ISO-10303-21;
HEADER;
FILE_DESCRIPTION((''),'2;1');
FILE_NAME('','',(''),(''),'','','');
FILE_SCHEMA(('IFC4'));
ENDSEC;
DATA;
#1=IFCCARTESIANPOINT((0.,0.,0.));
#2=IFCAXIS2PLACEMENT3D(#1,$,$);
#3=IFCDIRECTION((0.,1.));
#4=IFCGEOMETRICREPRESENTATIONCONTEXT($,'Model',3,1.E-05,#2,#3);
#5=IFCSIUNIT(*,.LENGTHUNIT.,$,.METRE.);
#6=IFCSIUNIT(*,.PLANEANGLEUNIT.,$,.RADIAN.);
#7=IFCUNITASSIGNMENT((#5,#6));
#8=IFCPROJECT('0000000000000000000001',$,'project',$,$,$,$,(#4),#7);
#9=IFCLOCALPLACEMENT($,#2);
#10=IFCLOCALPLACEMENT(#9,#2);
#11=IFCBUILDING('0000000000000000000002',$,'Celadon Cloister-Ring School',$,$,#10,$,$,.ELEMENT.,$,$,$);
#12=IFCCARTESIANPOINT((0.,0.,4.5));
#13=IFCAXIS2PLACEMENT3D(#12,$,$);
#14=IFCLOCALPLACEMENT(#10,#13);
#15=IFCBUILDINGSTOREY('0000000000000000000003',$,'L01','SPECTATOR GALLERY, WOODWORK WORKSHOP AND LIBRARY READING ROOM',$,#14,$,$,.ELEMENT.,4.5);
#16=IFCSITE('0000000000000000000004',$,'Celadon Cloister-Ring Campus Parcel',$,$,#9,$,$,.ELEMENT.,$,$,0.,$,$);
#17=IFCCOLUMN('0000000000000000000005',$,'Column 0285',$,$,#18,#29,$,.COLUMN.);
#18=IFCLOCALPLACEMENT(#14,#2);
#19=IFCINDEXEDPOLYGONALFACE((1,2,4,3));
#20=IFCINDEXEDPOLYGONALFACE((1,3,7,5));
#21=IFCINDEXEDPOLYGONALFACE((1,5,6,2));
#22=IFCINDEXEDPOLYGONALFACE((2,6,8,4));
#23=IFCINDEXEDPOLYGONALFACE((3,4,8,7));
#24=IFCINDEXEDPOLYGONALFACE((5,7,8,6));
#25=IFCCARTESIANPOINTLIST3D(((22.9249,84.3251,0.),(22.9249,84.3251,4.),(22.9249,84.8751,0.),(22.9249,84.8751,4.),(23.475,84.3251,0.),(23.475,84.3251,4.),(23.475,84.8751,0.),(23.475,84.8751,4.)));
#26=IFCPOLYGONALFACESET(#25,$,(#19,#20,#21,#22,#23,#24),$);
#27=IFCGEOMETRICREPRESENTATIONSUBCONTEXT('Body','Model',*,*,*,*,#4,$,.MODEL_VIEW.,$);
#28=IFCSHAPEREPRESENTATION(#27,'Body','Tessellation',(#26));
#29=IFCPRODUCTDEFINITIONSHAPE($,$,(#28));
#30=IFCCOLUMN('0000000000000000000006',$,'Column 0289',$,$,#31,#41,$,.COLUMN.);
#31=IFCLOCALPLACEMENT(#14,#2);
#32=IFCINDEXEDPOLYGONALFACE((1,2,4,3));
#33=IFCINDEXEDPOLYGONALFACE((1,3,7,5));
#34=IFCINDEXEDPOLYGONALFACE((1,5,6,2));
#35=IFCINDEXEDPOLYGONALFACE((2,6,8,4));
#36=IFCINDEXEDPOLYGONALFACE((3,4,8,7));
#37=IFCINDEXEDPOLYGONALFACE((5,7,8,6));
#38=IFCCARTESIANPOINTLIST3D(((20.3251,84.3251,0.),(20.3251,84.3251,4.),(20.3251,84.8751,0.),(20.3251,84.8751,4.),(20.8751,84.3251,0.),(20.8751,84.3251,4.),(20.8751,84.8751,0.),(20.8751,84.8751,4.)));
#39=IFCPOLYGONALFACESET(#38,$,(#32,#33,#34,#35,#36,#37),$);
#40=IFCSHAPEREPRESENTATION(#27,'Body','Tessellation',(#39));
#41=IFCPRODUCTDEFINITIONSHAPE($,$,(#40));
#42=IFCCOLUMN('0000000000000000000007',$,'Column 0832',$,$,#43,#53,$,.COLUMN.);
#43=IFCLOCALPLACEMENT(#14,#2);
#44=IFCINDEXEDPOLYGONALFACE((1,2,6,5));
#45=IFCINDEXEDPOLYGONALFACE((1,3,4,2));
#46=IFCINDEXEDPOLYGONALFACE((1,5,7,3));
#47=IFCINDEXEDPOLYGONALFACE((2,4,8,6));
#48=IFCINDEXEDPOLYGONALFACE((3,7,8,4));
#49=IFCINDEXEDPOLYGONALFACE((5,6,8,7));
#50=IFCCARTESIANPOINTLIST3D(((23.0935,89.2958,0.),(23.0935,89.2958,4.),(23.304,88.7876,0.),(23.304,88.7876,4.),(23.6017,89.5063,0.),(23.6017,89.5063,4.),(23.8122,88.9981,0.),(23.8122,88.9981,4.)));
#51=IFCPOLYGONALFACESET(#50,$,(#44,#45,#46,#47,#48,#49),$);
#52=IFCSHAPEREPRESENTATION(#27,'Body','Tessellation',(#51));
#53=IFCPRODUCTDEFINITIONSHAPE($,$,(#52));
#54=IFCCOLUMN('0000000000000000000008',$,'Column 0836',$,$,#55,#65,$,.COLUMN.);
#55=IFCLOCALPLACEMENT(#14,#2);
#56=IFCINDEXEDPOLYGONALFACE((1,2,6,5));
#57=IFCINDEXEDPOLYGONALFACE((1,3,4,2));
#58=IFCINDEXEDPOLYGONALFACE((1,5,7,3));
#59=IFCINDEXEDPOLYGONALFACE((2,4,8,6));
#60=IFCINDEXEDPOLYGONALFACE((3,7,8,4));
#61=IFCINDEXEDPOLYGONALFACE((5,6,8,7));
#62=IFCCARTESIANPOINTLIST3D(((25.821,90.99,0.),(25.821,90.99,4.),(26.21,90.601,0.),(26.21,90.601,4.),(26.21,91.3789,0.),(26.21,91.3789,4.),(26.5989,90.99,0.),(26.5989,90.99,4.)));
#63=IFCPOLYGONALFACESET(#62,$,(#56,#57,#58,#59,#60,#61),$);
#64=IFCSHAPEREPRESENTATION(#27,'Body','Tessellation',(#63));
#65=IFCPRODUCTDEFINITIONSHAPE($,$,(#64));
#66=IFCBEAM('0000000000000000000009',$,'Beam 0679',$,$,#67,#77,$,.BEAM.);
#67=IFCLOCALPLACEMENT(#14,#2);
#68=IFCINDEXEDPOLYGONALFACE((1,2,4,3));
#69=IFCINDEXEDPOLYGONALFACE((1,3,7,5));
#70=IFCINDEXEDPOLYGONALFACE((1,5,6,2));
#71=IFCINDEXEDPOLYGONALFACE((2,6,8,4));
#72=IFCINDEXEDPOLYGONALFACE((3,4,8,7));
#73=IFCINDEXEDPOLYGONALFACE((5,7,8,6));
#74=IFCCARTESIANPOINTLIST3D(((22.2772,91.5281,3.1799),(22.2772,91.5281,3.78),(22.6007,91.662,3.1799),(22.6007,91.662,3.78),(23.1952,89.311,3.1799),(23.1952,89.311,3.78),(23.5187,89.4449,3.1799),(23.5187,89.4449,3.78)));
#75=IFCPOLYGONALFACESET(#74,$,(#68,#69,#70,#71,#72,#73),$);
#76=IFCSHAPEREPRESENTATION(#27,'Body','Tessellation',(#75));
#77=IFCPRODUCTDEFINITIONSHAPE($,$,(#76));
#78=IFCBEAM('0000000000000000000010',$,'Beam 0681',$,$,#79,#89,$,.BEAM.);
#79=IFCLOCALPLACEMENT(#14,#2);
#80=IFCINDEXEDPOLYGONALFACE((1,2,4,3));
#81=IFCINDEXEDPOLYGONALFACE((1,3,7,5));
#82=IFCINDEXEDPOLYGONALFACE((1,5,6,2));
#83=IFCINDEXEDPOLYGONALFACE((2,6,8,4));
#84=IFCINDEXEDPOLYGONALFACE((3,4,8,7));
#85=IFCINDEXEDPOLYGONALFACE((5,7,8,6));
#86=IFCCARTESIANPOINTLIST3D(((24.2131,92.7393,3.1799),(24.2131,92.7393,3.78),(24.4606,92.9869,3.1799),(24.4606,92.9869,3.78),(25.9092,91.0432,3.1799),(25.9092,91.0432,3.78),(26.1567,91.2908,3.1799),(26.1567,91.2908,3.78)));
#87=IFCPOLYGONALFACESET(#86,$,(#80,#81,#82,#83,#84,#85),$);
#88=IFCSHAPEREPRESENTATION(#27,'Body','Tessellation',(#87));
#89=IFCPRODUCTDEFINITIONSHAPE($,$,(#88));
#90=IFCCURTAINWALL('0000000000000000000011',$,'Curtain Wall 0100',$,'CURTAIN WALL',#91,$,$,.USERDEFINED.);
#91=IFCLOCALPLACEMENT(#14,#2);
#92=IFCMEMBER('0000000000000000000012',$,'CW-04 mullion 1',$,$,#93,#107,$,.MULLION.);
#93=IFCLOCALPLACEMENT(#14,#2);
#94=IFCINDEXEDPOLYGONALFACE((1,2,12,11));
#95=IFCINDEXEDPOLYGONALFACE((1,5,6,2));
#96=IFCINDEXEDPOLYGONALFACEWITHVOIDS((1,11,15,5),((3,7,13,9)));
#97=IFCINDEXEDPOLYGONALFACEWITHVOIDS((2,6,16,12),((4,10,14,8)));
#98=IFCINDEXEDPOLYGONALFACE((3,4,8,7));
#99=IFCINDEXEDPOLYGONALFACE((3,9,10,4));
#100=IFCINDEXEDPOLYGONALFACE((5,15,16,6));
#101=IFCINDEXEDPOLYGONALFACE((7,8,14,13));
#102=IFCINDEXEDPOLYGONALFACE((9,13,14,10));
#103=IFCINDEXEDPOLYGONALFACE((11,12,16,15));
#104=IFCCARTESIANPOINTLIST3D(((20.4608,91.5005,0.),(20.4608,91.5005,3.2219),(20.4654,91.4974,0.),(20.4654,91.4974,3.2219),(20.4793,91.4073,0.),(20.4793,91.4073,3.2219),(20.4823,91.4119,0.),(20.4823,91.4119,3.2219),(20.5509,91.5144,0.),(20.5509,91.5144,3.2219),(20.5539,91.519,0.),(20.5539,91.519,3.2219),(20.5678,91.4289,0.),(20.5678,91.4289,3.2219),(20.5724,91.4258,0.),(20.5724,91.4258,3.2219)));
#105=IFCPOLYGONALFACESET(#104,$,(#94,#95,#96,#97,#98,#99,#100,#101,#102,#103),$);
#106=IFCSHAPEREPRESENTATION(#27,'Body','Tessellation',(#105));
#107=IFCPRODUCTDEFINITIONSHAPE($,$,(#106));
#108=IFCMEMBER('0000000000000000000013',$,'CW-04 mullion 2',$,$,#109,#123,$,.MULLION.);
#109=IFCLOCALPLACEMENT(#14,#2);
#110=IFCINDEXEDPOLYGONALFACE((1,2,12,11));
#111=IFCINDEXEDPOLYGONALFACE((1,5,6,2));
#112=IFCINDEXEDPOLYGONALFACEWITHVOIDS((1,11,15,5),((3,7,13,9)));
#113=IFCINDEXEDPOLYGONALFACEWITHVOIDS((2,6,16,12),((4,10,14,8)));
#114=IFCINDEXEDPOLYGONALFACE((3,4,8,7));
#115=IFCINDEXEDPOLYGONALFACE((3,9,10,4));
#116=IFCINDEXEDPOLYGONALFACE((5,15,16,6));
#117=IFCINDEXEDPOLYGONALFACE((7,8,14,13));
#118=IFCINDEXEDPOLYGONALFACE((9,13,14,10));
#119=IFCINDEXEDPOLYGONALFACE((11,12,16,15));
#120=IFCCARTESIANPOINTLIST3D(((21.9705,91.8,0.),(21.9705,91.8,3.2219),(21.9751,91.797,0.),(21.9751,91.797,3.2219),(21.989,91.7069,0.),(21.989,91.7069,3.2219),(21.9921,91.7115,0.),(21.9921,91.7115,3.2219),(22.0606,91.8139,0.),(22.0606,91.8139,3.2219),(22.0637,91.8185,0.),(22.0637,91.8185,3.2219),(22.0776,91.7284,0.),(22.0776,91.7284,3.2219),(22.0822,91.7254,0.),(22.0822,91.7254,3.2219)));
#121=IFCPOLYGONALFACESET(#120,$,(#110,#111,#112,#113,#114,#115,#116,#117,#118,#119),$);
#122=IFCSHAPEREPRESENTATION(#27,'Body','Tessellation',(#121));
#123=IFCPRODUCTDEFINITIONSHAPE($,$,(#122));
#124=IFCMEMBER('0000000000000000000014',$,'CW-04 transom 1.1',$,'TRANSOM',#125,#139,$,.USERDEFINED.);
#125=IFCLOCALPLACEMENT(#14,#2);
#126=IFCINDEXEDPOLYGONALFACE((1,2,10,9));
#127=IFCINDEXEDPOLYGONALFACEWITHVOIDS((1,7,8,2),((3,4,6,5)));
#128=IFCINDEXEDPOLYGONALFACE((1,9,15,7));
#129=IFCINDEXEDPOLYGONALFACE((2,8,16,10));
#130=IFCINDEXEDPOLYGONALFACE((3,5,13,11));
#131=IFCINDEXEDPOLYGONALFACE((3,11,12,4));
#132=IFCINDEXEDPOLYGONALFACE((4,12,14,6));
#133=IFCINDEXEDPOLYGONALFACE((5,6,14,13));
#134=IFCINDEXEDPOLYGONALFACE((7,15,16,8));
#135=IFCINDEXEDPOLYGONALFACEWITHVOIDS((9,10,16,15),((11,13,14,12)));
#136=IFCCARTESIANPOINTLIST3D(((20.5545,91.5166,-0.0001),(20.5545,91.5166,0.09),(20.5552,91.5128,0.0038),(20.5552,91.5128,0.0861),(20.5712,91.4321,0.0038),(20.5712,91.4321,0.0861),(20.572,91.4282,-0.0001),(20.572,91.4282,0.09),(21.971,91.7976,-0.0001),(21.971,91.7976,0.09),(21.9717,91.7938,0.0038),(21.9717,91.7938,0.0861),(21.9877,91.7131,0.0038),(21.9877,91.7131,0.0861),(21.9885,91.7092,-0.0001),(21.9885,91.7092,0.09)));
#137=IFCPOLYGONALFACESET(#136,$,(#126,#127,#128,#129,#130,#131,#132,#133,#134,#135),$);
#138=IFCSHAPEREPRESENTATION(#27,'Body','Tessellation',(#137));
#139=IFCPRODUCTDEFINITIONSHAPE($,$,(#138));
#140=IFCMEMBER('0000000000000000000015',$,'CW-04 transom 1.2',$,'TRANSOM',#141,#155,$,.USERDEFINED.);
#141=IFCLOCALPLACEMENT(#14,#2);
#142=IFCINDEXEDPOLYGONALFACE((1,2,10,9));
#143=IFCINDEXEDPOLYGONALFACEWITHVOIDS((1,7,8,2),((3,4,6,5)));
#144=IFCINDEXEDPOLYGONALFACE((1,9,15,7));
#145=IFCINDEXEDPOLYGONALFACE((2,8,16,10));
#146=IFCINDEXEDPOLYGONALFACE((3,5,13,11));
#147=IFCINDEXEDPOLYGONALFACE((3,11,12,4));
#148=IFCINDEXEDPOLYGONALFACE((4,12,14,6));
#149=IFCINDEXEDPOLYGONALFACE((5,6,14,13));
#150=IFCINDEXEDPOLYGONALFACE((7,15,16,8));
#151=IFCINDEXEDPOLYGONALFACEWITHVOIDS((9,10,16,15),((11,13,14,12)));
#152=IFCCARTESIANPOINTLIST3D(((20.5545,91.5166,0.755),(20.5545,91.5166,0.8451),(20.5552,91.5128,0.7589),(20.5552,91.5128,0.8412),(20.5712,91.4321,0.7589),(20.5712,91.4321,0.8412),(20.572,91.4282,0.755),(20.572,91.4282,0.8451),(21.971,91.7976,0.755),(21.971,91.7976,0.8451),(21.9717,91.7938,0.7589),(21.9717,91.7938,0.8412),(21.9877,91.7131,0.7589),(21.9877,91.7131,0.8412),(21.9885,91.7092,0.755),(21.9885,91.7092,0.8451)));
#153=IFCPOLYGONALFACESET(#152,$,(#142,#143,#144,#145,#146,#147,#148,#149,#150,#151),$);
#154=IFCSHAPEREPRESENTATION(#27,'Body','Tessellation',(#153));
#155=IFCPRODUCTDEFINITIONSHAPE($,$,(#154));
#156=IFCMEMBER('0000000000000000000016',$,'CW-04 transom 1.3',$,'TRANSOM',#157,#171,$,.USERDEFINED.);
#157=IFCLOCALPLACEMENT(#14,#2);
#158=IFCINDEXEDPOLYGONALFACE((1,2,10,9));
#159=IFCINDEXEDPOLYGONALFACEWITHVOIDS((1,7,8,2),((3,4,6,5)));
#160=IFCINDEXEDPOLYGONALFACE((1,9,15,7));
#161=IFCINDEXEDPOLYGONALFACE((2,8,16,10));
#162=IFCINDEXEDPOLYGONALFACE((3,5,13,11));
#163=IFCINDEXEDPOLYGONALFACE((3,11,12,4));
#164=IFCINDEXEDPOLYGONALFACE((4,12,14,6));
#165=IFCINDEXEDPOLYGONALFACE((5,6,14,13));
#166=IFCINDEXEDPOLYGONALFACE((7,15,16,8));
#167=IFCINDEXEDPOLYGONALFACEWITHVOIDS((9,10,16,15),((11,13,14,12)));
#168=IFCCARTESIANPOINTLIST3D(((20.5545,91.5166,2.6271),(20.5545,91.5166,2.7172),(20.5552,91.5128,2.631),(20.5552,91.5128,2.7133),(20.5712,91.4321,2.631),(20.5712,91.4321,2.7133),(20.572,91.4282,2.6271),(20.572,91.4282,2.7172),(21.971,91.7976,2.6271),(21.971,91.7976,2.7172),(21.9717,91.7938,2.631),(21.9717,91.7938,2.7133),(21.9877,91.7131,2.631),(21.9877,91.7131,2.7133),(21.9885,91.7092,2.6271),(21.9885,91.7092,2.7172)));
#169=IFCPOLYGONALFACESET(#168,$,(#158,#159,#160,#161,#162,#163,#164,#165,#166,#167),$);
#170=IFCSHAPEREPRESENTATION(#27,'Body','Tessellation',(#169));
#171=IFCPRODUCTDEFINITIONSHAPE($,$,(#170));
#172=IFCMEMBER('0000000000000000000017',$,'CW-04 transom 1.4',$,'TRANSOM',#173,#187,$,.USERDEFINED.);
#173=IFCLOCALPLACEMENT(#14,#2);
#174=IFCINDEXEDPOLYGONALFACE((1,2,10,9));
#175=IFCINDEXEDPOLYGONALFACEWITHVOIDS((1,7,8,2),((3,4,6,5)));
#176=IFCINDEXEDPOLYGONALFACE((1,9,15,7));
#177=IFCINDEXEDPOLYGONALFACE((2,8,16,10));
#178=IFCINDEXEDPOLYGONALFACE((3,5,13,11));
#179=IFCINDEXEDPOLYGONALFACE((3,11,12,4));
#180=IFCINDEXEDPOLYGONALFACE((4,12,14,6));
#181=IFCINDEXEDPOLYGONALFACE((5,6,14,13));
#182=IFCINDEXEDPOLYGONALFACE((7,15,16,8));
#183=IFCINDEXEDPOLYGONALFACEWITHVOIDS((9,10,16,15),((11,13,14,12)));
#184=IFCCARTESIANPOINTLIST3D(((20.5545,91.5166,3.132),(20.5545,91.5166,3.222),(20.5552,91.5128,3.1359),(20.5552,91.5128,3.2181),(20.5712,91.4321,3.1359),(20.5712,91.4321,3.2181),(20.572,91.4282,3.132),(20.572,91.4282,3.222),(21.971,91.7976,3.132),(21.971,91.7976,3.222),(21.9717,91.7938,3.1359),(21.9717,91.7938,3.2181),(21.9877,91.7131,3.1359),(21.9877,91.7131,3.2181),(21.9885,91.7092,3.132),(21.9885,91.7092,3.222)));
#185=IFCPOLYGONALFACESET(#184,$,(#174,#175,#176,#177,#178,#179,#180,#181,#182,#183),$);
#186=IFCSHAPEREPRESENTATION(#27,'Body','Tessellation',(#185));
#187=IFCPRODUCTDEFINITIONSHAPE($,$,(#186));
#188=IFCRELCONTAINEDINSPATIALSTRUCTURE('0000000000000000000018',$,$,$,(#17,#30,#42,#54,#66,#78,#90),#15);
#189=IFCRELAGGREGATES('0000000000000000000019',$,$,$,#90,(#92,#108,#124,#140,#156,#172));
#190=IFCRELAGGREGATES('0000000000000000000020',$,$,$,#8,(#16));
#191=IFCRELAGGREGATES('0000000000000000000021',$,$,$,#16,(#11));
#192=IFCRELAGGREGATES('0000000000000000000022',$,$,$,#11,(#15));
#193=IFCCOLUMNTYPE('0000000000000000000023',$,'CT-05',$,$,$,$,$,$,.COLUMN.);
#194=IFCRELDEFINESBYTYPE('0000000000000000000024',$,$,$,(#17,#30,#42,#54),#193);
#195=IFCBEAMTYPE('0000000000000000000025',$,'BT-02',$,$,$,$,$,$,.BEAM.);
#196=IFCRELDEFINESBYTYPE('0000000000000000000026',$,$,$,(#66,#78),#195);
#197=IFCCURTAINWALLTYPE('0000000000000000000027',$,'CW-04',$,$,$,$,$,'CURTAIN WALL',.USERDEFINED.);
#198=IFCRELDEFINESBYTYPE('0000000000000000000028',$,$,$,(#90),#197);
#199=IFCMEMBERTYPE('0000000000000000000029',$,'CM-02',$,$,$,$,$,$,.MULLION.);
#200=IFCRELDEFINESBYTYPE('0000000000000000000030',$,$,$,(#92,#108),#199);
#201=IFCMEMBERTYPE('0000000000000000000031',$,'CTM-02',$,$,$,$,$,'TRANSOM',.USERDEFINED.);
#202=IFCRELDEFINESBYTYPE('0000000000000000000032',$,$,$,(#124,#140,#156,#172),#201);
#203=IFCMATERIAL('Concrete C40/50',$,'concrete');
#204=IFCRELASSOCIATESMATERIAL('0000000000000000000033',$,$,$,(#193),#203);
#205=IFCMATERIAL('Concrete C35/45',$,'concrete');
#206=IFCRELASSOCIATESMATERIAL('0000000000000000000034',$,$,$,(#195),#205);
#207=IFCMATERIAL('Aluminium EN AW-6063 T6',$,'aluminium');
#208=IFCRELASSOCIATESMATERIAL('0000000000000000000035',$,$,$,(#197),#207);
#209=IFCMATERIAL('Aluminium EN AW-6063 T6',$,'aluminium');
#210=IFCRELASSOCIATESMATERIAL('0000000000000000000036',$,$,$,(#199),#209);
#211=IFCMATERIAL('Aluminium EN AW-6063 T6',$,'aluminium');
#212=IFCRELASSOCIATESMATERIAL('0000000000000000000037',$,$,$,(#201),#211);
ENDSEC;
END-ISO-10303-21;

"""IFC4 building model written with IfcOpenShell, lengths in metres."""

from ifc_helpers import new_model, si_unit, direction, frame, origin, origin_2d, place, context, subcontext, project, spatial, rectangle, hollow_rectangle, extrude, material, material_profile, profile_set, type_object, element, aggregate, save


model = new_model("IFC4")

# Units and contexts
model_context = context("Model", 3, precision=1e-05, world=origin(), true_north=direction((0.0, 1.0)))
body_context = subcontext(model_context, "Body", "Model", "MODEL_VIEW")
ifc_project = project(units=[si_unit("LENGTHUNIT", "METRE"), si_unit("PLANEANGLEUNIT", "RADIAN")], contexts=[model_context])

# Site, building, storey
site_placement = place(None, origin())
site = spatial("IfcSite", under=ifc_project, at=site_placement, Name="Celadon Cloister-Ring Campus Parcel", CompositionType="ELEMENT", RefElevation=0.0)
building_placement = place(site_placement, origin())
building = spatial("IfcBuilding", under=site, at=building_placement, Name="Celadon Cloister-Ring School", CompositionType="ELEMENT")
storey_placement = place(building_placement, frame((0.0, 0.0, 4.5)))
storey = spatial("IfcBuildingStorey", under=building, at=storey_placement, Name="L01", Description="SPECTATOR GALLERY, WOODWORK WORKSHOP AND LIBRARY READING ROOM", CompositionType="ELEMENT", Elevation=4.5)

# Columns
ifc_material_1 = material(Name="Concrete C40/50", Category="concrete")
ifc_material_profile_1 = material_profile(ifc_material_1, rectangle(XDim=0.55, YDim=0.55, at=origin_2d()), Name="RC550X550")
ifc_profile_set_1 = profile_set([ifc_material_profile_1], Name="Concrete C40/50")
column_type = type_object("IfcColumnType", Name="CT-05", PredefinedType="COLUMN", material=ifc_profile_set_1)
for number, where, z_axis, x_axis, name in (
    (1, (23.2, 84.6001, 0.0), (0.0, 0.0, 1.0), (1.0, 0.0, 0.0), "Column 0285"),
    (2, (20.6001, 84.6001, 0.0), (0.0, 0.0, 1.0), (1.0, 0.0, 0.0), "Column 0289"),
    (3, (23.4529, 89.147, 0.0), (0.0, 0.0, 1.0), (0.382683, -0.92388, 0.0), "Column 0832"),
    (4, (26.21, 90.99, 0.0), (0.0, 0.0, 1.0), (0.707107, -0.707107, 0.0), "Column 0836"),
):
    element("IfcColumn", number, at=place(storey_placement, frame(where, z_axis=z_axis, x_axis=x_axis)), inside=storey, type_object=column_type, Name=name, PredefinedType="COLUMN", context=body_context, shape_type="SweptSolid", body=[
        extrude(rectangle(XDim=0.55, YDim=0.55, at=origin_2d()), origin(), (0.0, 0.0, 1.0), 4.0),
    ])

# Beams
ifc_material_2 = material(Name="Concrete C35/45", Category="concrete")
ifc_material_profile_2 = material_profile(ifc_material_2, rectangle(XDim=0.3501, YDim=0.6001, at=origin_2d()), Name="RC350X600")
ifc_profile_set_2 = profile_set([ifc_material_profile_2], Name="Concrete C35/45")
beam_type_1 = type_object("IfcBeamType", Name="BT-02", PredefinedType="BEAM", material=ifc_profile_set_2)
beam_1_placement = place(storey_placement, frame((23.3569, 89.3779, 3.48), z_axis=(-0.382555, 0.923933, 0.0), x_axis=(-0.923933, -0.382555, 0.0)))
element("IfcBeam", 5, at=beam_1_placement, inside=storey, type_object=beam_type_1, Name="Beam 0679", PredefinedType="BEAM", context=body_context, shape_type="SweptSolid", body=[
    extrude(rectangle(XDim=0.3501, YDim=0.6001, at=origin_2d()), origin(), (0.0, 0.0, 1.0), 2.3997),
])
beam_2_placement = place(storey_placement, frame((26.033, 91.167, 3.48), z_axis=(-0.707107, 0.707107, 0.0), x_axis=(-0.707107, -0.707107, 0.0)))
element("IfcBeam", 6, at=beam_2_placement, inside=storey, type_object=beam_type_1, Name="Beam 0681", PredefinedType="BEAM", context=body_context, shape_type="SweptSolid", body=[
    extrude(rectangle(XDim=0.3501, YDim=0.6001, at=origin_2d()), origin(), (0.0, 0.0, 1.0), 2.3987),
])

# Curtain wall, members
ifc_material_3 = material(Name="Aluminium EN AW-6063 T6", Category="aluminium")
curtain_wall_type = type_object("IfcCurtainWallType", Name="CW-04", ElementType="CURTAIN WALL", PredefinedType="USERDEFINED", material=ifc_material_3)
curtain_wall_placement = place(storey_placement, origin())
curtain_wall = element("IfcCurtainWall", 7, at=curtain_wall_placement, inside=storey, type_object=curtain_wall_type, Name="Curtain Wall 0100", ObjectType="CURTAIN WALL", PredefinedType="USERDEFINED")
ifc_material_4 = material(Name="Aluminium EN AW-6063 T6", Category="aluminium")
ifc_material_profile_3 = material_profile(ifc_material_4, hollow_rectangle(XDim=0.095, YDim=0.095, WallThickness=0.0039, at=origin_2d()), Name="RHS95X95X4")
ifc_profile_set_3 = profile_set([ifc_material_profile_3], Name="Aluminium EN AW-6063 T6")
member_type_1 = type_object("IfcMemberType", Name="CM-02", PredefinedType="MULLION", material=ifc_profile_set_3)
member_1_placement = place(storey_placement, frame((20.5166, 91.4631, 0.0), z_axis=(0.0, 0.0, 1.0), x_axis=(-0.194586, 0.980885, 0.0)))
member_1 = element("IfcMember", 8, at=member_1_placement, type_object=member_type_1, Name="CW-04 mullion 1", PredefinedType="MULLION", context=body_context, shape_type="SweptSolid", body=[
    extrude(hollow_rectangle(XDim=0.095, YDim=0.095, WallThickness=0.0039, at=origin_2d()), origin(), (0.0, 0.0, 1.0), 3.2219),
])
member_2_placement = place(storey_placement, frame((22.0264, 91.7627, 0.0), z_axis=(0.0, 0.0, 1.0), x_axis=(-0.194586, 0.980885, 0.0)))
member_2 = element("IfcMember", 9, at=member_2_placement, type_object=member_type_1, Name="CW-04 mullion 2", PredefinedType="MULLION", context=body_context, shape_type="SweptSolid", body=[
    extrude(hollow_rectangle(XDim=0.095, YDim=0.095, WallThickness=0.0039, at=origin_2d()), origin(), (0.0, 0.0, 1.0), 3.2219),
])
ifc_material_5 = material(Name="Aluminium EN AW-6063 T6", Category="aluminium")
ifc_material_profile_4 = material_profile(ifc_material_5, hollow_rectangle(XDim=0.0901, YDim=0.0901, WallThickness=0.0039, at=origin_2d()), Name="RHS90X90X4")
ifc_profile_set_4 = profile_set([ifc_material_profile_4], Name="Aluminium EN AW-6063 T6")
member_type_2 = type_object("IfcMemberType", Name="CTM-02", ElementType="TRANSOM", PredefinedType="USERDEFINED", material=ifc_profile_set_4)
member_3_placement = place(storey_placement, frame((20.5632, 91.4724, 0.0449), z_axis=(0.980885, 0.194588, 0.0), x_axis=(-0.194588, 0.980885, 0.0)))
member_3 = element("IfcMember", 10, at=member_3_placement, type_object=member_type_2, Name="CW-04 transom 1.1", ObjectType="TRANSOM", PredefinedType="USERDEFINED", context=body_context, shape_type="SweptSolid", body=[
    extrude(hollow_rectangle(XDim=0.0901, YDim=0.0901, WallThickness=0.0039, at=origin_2d()), origin(), (0.0, 0.0, 1.0), 1.4441),
])
member_4_placement = place(storey_placement, frame((20.5632, 91.4724, 0.8), z_axis=(0.980885, 0.194588, 0.0), x_axis=(-0.194588, 0.980885, 0.0)))
member_4 = element("IfcMember", 11, at=member_4_placement, type_object=member_type_2, Name="CW-04 transom 1.2", ObjectType="TRANSOM", PredefinedType="USERDEFINED", context=body_context, shape_type="SweptSolid", body=[
    extrude(hollow_rectangle(XDim=0.0901, YDim=0.0901, WallThickness=0.0039, at=origin_2d()), origin(), (0.0, 0.0, 1.0), 1.4441),
])
member_5_placement = place(storey_placement, frame((20.5632, 91.4724, 2.6721), z_axis=(0.980885, 0.194588, 0.0), x_axis=(-0.194588, 0.980885, 0.0)))
member_5 = element("IfcMember", 12, at=member_5_placement, type_object=member_type_2, Name="CW-04 transom 1.3", ObjectType="TRANSOM", PredefinedType="USERDEFINED", context=body_context, shape_type="SweptSolid", body=[
    extrude(hollow_rectangle(XDim=0.0901, YDim=0.0901, WallThickness=0.0039, at=origin_2d()), origin(), (0.0, 0.0, 1.0), 1.4441),
])
member_6_placement = place(storey_placement, frame((20.5632, 91.4724, 3.177), z_axis=(0.980885, 0.194588, 0.0), x_axis=(-0.194588, 0.980885, 0.0)))
member_6 = element("IfcMember", 13, at=member_6_placement, type_object=member_type_2, Name="CW-04 transom 1.4", ObjectType="TRANSOM", PredefinedType="USERDEFINED", context=body_context, shape_type="SweptSolid", body=[
    extrude(hollow_rectangle(XDim=0.0901, YDim=0.0901, WallThickness=0.0039, at=origin_2d()), origin(), (0.0, 0.0, 1.0), 1.4441),
])

aggregate(curtain_wall, [member_1, member_2, member_3, member_4, member_5, member_6])

save(model, "model.ifc")
